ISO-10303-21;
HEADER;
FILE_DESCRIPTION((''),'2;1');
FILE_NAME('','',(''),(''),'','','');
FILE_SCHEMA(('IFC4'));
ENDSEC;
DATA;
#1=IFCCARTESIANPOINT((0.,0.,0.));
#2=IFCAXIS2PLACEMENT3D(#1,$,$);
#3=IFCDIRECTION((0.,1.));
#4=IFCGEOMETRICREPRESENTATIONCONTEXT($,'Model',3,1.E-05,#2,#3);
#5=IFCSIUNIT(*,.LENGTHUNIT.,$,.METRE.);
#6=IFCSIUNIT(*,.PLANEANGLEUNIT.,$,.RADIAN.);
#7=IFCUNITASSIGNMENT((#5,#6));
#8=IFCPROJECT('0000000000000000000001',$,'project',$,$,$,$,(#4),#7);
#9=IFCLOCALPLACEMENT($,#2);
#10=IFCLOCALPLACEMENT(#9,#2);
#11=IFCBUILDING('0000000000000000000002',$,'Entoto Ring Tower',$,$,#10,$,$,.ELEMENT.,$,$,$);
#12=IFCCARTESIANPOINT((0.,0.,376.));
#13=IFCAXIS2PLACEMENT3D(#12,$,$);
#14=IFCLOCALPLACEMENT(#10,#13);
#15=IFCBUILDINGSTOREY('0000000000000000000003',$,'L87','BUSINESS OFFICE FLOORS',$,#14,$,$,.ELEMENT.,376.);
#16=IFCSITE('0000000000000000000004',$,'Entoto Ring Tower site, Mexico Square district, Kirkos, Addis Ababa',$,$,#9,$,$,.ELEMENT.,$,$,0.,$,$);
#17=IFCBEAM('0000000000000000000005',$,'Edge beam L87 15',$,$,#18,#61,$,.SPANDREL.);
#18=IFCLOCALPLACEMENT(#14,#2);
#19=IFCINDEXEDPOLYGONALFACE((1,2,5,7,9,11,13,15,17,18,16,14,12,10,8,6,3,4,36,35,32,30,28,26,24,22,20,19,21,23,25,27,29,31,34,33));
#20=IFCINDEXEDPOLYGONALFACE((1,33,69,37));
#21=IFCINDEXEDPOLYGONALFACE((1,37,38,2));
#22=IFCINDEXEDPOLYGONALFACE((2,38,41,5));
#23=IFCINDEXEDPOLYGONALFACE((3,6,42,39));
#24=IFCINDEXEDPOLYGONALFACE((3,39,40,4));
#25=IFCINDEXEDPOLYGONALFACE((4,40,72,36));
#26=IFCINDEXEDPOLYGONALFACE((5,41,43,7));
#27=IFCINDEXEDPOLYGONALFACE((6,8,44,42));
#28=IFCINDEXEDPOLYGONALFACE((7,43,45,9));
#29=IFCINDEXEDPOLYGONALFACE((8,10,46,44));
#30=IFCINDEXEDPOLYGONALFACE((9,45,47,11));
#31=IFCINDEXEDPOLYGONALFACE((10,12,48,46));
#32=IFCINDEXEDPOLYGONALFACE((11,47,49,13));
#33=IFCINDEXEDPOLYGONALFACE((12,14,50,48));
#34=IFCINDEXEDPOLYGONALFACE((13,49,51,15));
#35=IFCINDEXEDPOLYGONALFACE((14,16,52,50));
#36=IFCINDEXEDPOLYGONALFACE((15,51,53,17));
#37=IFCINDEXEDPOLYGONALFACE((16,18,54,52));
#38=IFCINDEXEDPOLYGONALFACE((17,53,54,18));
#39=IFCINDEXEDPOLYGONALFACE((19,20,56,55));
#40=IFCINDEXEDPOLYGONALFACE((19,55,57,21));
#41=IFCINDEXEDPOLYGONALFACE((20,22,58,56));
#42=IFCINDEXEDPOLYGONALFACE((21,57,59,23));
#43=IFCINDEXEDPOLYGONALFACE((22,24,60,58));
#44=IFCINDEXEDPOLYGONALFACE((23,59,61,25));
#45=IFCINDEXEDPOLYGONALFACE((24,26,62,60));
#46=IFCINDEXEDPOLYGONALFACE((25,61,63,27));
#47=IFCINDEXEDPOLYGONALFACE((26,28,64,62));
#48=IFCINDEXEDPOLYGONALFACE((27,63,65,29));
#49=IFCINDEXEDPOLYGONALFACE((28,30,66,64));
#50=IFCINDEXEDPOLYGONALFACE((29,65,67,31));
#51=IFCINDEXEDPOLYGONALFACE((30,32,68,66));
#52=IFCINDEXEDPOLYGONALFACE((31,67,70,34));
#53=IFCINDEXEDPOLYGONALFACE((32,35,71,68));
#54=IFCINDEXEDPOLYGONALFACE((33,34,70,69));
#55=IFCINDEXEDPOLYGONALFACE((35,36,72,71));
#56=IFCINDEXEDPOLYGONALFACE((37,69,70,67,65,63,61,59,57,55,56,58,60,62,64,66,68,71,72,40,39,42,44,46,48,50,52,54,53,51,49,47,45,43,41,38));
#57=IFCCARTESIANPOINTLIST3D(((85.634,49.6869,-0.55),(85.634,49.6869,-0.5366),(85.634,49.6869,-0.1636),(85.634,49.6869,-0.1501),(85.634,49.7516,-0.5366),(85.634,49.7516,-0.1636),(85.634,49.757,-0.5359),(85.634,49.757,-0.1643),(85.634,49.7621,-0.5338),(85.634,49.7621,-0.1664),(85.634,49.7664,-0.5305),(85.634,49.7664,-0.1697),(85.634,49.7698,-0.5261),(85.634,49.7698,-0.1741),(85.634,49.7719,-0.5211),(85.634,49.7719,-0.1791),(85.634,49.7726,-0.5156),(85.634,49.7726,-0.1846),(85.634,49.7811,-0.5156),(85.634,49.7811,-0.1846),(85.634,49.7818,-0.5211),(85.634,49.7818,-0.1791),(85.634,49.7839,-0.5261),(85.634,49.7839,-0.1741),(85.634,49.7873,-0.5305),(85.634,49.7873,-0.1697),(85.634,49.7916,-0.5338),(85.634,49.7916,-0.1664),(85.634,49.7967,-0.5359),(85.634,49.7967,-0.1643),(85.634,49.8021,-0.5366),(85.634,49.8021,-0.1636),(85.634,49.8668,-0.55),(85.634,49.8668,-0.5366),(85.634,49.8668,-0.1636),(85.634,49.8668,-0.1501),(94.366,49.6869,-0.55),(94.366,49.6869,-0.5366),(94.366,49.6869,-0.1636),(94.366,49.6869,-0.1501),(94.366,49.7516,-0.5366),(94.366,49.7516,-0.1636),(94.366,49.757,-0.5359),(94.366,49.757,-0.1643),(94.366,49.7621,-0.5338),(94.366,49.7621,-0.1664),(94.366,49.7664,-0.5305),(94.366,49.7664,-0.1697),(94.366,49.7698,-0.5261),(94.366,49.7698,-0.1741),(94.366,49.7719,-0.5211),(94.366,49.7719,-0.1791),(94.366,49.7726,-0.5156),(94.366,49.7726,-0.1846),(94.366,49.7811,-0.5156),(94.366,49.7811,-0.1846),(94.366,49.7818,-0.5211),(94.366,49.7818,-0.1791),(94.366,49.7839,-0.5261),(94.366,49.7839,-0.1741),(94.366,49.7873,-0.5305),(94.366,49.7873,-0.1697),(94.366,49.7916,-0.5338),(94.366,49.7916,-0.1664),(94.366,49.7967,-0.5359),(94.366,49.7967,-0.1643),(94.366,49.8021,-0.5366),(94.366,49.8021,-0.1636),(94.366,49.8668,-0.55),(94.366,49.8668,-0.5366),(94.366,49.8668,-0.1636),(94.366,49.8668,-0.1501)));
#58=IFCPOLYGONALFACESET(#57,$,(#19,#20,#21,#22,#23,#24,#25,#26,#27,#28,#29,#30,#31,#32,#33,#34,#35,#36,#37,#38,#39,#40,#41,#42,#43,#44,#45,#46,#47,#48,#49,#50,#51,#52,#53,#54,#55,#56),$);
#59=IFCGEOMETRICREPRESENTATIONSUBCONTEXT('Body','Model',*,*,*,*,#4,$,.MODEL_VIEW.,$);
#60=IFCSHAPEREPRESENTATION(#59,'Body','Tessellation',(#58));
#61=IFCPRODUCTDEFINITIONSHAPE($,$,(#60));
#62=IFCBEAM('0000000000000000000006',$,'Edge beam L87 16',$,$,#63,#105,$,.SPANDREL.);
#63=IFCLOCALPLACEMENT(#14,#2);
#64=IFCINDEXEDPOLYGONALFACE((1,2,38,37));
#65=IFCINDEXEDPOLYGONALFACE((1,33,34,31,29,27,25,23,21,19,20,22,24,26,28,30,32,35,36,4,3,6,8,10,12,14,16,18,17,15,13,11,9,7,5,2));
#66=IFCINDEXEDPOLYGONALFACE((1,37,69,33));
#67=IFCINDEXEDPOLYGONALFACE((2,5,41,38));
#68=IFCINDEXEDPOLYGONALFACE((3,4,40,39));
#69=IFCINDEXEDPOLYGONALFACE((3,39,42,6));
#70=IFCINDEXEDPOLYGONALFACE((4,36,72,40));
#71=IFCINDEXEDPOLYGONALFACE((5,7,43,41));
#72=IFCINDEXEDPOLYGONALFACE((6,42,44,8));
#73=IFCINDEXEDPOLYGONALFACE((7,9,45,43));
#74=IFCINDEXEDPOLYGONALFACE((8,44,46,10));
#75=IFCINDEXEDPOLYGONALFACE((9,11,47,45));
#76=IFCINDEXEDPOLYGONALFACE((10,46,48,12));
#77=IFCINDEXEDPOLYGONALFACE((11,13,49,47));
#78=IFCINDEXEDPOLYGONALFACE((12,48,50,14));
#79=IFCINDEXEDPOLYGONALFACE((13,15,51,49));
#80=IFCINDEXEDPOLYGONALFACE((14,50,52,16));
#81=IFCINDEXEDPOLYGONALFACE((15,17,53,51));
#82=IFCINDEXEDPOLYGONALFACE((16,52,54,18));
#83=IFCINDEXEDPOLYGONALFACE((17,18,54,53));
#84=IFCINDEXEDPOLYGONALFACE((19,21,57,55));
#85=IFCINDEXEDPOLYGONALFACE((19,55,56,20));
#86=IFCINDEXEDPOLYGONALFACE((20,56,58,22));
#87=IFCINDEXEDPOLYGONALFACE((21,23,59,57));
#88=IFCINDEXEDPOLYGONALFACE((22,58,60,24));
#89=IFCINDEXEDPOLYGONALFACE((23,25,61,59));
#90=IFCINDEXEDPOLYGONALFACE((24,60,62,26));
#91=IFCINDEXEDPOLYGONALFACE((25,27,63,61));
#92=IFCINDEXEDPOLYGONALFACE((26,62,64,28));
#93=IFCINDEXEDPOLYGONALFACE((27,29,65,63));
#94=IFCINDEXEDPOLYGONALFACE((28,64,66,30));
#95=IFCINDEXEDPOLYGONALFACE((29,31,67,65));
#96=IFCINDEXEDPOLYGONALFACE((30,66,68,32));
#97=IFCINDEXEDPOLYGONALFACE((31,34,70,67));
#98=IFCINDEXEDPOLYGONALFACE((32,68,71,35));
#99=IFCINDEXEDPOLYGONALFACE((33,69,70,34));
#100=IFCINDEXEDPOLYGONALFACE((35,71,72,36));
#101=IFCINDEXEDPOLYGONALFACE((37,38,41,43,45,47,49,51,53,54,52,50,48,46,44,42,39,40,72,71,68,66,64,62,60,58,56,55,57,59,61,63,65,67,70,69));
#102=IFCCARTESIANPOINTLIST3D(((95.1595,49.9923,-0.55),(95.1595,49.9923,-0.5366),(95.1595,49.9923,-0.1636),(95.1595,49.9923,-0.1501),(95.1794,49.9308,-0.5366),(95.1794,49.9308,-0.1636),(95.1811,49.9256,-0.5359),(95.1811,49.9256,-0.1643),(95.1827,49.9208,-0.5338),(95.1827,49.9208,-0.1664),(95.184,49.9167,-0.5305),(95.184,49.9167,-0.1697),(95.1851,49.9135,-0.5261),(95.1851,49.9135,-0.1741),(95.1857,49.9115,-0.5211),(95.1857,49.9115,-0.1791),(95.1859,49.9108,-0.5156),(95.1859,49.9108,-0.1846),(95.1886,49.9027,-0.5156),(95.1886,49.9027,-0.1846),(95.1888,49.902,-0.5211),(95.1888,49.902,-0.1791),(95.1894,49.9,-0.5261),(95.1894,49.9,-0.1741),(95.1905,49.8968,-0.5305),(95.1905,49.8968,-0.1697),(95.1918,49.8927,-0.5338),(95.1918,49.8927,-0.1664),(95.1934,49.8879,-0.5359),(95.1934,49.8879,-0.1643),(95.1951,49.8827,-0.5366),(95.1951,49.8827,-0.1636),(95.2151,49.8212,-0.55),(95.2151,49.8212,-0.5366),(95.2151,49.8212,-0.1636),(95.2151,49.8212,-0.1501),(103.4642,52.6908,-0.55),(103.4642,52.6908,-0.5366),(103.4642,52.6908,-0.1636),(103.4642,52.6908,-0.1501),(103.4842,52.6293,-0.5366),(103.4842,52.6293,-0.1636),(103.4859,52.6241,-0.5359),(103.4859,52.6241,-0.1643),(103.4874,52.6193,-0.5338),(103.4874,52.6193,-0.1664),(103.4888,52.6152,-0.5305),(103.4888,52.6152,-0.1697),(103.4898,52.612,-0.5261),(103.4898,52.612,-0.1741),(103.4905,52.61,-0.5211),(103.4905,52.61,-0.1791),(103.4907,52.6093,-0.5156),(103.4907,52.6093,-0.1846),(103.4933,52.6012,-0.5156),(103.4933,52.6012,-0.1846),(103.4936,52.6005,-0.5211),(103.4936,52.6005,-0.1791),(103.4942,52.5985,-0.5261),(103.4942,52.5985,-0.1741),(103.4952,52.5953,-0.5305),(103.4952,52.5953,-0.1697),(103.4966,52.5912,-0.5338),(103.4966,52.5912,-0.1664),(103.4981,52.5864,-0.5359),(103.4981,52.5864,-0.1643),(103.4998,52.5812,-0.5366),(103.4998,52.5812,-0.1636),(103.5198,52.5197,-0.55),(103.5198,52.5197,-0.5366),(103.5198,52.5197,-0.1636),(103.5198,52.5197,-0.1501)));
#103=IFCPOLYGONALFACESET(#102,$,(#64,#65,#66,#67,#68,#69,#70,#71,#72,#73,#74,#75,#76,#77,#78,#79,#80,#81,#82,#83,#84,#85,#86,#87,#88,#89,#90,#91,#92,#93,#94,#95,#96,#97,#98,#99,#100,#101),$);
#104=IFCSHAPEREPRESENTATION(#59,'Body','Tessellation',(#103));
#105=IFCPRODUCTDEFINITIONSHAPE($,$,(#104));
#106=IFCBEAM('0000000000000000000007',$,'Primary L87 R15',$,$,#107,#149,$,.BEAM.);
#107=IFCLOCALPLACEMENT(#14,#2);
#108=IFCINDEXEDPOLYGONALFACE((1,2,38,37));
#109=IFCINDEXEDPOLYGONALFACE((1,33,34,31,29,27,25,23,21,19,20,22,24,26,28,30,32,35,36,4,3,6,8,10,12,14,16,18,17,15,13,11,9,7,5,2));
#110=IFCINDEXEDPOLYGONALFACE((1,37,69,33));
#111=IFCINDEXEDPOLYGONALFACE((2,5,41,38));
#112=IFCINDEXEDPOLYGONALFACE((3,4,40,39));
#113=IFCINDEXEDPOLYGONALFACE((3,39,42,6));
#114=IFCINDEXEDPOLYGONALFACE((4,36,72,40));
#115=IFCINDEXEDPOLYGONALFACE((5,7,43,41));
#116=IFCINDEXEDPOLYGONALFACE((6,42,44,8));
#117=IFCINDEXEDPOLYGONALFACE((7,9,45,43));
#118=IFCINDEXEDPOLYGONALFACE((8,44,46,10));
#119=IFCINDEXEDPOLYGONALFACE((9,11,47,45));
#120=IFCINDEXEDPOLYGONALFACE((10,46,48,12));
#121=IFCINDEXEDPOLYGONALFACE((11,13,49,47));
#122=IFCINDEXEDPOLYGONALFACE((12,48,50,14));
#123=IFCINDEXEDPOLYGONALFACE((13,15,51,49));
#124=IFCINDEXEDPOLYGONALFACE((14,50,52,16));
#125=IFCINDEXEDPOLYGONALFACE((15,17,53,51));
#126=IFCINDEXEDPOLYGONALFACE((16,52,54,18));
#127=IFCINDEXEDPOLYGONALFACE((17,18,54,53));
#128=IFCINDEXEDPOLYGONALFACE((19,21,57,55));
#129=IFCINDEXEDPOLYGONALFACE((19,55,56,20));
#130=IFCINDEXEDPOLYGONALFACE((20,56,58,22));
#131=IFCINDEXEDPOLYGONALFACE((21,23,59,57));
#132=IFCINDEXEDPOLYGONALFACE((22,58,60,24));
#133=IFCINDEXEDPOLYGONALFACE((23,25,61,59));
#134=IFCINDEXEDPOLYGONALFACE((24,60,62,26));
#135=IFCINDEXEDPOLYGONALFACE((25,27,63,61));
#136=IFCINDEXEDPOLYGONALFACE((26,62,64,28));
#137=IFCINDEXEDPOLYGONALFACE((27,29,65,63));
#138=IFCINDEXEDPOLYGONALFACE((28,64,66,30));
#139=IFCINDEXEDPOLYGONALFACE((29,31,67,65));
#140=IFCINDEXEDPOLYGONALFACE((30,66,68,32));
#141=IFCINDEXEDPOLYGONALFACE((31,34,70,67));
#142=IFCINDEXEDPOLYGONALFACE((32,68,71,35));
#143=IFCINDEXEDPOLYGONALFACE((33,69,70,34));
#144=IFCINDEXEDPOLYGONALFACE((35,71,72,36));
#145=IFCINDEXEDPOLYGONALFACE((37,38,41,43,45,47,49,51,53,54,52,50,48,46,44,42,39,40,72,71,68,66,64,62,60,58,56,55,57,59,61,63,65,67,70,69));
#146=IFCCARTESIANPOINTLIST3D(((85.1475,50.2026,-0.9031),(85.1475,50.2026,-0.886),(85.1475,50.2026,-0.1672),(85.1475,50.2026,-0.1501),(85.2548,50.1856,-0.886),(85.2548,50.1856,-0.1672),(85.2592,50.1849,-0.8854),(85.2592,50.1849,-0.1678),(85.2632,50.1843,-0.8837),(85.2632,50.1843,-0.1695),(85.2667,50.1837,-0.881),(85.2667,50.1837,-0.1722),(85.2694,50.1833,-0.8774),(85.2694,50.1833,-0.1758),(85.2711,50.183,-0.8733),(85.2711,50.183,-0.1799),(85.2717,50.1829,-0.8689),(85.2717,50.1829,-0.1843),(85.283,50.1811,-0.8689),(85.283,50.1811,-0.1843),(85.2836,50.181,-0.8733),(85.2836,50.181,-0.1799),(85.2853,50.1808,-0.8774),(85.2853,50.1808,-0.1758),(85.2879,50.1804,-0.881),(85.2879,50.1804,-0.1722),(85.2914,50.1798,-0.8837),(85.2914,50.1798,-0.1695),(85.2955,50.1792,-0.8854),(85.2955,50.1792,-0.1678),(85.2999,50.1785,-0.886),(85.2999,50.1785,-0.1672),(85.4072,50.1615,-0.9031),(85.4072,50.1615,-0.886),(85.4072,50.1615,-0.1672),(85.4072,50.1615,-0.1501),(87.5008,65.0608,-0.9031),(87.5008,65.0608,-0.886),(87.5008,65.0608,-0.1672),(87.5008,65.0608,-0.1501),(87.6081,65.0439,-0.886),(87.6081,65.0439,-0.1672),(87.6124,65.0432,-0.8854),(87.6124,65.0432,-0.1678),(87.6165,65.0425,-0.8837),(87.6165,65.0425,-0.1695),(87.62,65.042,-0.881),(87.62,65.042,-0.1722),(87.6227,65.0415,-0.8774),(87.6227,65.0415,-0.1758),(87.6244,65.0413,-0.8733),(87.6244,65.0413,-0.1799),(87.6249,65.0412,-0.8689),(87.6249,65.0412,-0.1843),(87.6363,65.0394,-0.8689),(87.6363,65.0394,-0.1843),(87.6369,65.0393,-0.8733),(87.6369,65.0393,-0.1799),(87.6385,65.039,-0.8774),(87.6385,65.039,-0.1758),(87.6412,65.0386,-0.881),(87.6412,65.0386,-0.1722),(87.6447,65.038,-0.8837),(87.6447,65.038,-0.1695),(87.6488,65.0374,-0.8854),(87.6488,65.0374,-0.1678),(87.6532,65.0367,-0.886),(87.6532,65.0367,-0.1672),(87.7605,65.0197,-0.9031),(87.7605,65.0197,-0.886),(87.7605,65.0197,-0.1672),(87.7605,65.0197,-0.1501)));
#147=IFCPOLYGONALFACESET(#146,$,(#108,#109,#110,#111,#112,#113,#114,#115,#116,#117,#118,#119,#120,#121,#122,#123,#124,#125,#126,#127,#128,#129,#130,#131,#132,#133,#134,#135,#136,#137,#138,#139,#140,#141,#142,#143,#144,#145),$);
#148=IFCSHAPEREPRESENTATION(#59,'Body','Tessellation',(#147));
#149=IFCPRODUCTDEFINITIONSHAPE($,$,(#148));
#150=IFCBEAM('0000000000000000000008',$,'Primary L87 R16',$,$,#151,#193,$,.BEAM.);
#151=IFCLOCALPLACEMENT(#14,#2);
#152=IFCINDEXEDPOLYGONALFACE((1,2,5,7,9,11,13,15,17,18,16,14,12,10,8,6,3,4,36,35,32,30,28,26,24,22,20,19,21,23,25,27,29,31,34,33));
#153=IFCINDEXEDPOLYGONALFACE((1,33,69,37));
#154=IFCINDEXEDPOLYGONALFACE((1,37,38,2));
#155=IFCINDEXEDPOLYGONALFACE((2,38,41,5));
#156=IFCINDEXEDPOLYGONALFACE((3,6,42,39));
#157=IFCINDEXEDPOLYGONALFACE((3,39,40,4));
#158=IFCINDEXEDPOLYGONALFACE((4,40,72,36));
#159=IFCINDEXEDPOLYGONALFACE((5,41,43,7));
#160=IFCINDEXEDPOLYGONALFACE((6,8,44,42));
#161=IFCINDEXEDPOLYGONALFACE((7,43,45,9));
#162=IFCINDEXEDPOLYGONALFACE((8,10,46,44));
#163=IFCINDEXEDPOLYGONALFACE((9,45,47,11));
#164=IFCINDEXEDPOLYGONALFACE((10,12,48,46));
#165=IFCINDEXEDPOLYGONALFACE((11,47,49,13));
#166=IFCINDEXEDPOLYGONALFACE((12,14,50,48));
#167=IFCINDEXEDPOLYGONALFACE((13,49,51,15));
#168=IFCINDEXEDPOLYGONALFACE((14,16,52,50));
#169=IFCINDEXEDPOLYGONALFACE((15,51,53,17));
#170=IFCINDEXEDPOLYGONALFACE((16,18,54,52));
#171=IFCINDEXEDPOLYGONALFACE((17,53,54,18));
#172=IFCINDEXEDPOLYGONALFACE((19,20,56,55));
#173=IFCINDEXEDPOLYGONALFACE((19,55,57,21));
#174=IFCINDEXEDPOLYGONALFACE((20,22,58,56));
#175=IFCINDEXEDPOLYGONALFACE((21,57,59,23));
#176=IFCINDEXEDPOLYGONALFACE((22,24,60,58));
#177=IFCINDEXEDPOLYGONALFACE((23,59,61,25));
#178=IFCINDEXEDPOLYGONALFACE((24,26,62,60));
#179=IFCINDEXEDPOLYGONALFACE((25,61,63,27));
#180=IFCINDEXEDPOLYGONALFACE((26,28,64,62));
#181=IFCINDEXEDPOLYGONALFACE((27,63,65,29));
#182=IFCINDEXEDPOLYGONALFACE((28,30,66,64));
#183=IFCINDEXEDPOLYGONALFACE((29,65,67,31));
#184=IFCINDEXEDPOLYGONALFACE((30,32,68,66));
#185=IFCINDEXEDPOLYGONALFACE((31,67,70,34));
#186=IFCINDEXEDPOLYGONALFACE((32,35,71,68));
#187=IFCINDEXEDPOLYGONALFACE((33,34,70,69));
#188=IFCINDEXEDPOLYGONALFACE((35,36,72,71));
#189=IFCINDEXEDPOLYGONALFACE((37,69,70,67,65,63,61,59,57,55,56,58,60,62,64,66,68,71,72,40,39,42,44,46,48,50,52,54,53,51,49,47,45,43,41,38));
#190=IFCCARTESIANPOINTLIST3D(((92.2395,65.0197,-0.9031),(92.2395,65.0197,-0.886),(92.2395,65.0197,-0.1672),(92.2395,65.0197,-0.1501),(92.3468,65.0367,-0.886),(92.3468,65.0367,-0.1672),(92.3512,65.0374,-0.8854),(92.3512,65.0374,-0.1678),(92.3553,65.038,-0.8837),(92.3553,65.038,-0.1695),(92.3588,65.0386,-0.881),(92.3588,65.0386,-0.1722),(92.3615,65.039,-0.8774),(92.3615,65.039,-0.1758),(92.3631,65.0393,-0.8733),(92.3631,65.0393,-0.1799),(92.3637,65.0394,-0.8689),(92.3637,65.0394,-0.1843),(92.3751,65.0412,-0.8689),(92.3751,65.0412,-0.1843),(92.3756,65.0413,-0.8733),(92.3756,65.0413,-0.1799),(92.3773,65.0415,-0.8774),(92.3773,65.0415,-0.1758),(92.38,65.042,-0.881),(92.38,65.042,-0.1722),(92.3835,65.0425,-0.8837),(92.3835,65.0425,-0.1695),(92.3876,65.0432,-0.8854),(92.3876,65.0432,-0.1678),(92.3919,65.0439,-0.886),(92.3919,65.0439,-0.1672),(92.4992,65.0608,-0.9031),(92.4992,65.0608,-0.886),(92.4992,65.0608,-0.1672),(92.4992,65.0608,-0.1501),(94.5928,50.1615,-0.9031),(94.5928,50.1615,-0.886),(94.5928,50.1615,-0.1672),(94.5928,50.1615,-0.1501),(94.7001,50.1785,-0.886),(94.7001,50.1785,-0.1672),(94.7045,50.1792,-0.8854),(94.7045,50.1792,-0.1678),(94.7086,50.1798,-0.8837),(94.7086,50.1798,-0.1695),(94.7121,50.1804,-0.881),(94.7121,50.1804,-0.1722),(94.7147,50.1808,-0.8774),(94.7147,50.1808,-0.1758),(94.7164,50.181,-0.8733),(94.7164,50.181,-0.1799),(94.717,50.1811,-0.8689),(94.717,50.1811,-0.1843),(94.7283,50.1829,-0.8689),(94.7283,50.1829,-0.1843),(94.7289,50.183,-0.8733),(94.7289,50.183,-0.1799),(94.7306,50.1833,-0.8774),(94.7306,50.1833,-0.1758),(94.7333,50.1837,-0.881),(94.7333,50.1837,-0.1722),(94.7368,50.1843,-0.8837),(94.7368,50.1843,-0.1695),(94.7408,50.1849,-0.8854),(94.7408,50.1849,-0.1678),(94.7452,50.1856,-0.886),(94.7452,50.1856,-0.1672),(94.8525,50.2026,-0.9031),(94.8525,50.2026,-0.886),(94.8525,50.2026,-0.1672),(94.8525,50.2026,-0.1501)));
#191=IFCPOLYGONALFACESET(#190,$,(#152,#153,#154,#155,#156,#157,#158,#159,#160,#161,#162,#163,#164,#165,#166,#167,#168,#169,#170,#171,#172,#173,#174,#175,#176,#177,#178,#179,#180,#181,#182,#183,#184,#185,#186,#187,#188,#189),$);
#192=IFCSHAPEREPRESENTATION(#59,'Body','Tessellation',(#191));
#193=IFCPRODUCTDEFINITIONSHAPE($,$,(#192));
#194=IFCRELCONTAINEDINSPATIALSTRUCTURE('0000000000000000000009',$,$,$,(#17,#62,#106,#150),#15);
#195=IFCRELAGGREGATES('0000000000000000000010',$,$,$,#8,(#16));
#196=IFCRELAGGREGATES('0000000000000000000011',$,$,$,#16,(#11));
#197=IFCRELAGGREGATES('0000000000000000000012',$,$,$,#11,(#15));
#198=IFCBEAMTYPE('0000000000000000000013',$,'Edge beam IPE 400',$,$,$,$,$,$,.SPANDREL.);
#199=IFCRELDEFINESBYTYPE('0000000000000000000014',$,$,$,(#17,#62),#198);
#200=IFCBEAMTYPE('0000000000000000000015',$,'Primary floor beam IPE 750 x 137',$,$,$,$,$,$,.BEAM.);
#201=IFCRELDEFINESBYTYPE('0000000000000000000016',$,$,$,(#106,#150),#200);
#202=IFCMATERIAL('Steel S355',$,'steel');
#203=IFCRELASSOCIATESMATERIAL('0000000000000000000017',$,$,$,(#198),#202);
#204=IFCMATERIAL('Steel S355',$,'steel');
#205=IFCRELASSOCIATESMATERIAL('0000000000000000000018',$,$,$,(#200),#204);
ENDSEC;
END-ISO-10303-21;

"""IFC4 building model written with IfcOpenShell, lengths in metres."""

from ifc_helpers import new_model, si_unit, direction, frame, origin, origin_2d, place, context, subcontext, project, spatial, i_section, extrude, material, material_profile, profile_set, type_object, element, save


model = new_model("IFC4")

# Units and contexts
model_context = context("Model", 3, precision=1e-05, world=origin(), true_north=direction((0.0, 1.0)))
body_context = subcontext(model_context, "Body", "Model", "MODEL_VIEW")
ifc_project = project(units=[si_unit("LENGTHUNIT", "METRE"), si_unit("PLANEANGLEUNIT", "RADIAN")], contexts=[model_context])

# Site, building, storey
site_placement = place(None, origin())
site = spatial("IfcSite", under=ifc_project, at=site_placement, Name="Entoto Ring Tower site, Mexico Square district, Kirkos, Addis Ababa", CompositionType="ELEMENT", RefElevation=0.0)
building_placement = place(site_placement, origin())
building = spatial("IfcBuilding", under=site, at=building_placement, Name="Entoto Ring Tower", CompositionType="ELEMENT")
storey_placement = place(building_placement, frame((0.0, 0.0, 376.0)))
storey = spatial("IfcBuildingStorey", under=building, at=storey_placement, Name="L87", Description="BUSINESS OFFICE FLOORS", CompositionType="ELEMENT", Elevation=376.0)

# Beams
ifc_material_1 = material(Name="Steel S355", Category="steel")
ifc_material_profile_1 = material_profile(ifc_material_1, i_section(OverallWidth=0.1799, OverallDepth=0.3999, WebThickness=0.0085, FlangeThickness=0.0134, FilletRadius=0.021, at=origin_2d()), Name="IPE 400")
ifc_profile_set_1 = profile_set([ifc_material_profile_1], Name="Steel S355")
beam_type_1 = type_object("IfcBeamType", Name="Edge beam IPE 400", PredefinedType="SPANDREL", material=ifc_profile_set_1)
beam_1_placement = place(storey_placement, frame((85.634, 49.7769, -0.3501), z_axis=(1.0, 0.0, 0.0), x_axis=(0.0, 1.0, 0.0)))
element("IfcBeam", 1, at=beam_1_placement, inside=storey, type_object=beam_type_1, Name="Edge beam L87 15", PredefinedType="SPANDREL", context=body_context, shape_type="SweptSolid", body=[
    extrude(i_section(OverallWidth=0.1799, OverallDepth=0.3999, WebThickness=0.0085, FlangeThickness=0.0134, FilletRadius=0.021, at=origin_2d()), origin(), (0.0, 0.0, 1.0), 8.7319),
])
beam_2_placement = place(storey_placement, frame((95.1873, 49.9067, -0.3501), z_axis=(0.951052, 0.30903, 0.0), x_axis=(-0.30903, 0.951052, 0.0)))
element("IfcBeam", 2, at=beam_2_placement, inside=storey, type_object=beam_type_1, Name="Edge beam L87 16", PredefinedType="SPANDREL", context=body_context, shape_type="SweptSolid", body=[
    extrude(i_section(OverallWidth=0.1799, OverallDepth=0.3999, WebThickness=0.0085, FlangeThickness=0.0134, FilletRadius=0.021, at=origin_2d()), origin(), (0.0, 0.0, 1.0), 8.7322),
])
ifc_material_2 = material(Name="Steel S355", Category="steel")
ifc_material_profile_2 = material_profile(ifc_material_2, i_section(OverallWidth=0.2629, OverallDepth=0.7529, WebThickness=0.0115, FlangeThickness=0.0171, FilletRadius=0.0171, at=origin_2d()), Name="IPE 750 x 137")
ifc_profile_set_2 = profile_set([ifc_material_profile_2], Name="Steel S355")
beam_type_2 = type_object("IfcBeamType", Name="Primary floor beam IPE 750 x 137", PredefinedType="BEAM", material=ifc_profile_set_2)
for number, where, z_axis, x_axis, name in (
    (3, (87.6306, 65.0403, -0.5266), (-0.156433, -0.987689, 0.0), (0.987689, -0.156433, 0.0), "Primary L87 R15"),
    (4, (92.3694, 65.0403, -0.5266), (0.156433, -0.987689, 0.0), (0.987689, 0.156433, 0.0), "Primary L87 R16"),
):
    element("IfcBeam", number, at=place(storey_placement, frame(where, z_axis=z_axis, x_axis=x_axis)), inside=storey, type_object=beam_type_2, Name=name, PredefinedType="BEAM", context=body_context, shape_type="SweptSolid", body=[
        extrude(i_section(OverallWidth=0.2629, OverallDepth=0.7529, WebThickness=0.0115, FlangeThickness=0.0171, FilletRadius=0.0171, at=origin_2d()), origin(), (0.0, 0.0, 1.0), 15.0435),
    ])

save(model, "model.ifc")
